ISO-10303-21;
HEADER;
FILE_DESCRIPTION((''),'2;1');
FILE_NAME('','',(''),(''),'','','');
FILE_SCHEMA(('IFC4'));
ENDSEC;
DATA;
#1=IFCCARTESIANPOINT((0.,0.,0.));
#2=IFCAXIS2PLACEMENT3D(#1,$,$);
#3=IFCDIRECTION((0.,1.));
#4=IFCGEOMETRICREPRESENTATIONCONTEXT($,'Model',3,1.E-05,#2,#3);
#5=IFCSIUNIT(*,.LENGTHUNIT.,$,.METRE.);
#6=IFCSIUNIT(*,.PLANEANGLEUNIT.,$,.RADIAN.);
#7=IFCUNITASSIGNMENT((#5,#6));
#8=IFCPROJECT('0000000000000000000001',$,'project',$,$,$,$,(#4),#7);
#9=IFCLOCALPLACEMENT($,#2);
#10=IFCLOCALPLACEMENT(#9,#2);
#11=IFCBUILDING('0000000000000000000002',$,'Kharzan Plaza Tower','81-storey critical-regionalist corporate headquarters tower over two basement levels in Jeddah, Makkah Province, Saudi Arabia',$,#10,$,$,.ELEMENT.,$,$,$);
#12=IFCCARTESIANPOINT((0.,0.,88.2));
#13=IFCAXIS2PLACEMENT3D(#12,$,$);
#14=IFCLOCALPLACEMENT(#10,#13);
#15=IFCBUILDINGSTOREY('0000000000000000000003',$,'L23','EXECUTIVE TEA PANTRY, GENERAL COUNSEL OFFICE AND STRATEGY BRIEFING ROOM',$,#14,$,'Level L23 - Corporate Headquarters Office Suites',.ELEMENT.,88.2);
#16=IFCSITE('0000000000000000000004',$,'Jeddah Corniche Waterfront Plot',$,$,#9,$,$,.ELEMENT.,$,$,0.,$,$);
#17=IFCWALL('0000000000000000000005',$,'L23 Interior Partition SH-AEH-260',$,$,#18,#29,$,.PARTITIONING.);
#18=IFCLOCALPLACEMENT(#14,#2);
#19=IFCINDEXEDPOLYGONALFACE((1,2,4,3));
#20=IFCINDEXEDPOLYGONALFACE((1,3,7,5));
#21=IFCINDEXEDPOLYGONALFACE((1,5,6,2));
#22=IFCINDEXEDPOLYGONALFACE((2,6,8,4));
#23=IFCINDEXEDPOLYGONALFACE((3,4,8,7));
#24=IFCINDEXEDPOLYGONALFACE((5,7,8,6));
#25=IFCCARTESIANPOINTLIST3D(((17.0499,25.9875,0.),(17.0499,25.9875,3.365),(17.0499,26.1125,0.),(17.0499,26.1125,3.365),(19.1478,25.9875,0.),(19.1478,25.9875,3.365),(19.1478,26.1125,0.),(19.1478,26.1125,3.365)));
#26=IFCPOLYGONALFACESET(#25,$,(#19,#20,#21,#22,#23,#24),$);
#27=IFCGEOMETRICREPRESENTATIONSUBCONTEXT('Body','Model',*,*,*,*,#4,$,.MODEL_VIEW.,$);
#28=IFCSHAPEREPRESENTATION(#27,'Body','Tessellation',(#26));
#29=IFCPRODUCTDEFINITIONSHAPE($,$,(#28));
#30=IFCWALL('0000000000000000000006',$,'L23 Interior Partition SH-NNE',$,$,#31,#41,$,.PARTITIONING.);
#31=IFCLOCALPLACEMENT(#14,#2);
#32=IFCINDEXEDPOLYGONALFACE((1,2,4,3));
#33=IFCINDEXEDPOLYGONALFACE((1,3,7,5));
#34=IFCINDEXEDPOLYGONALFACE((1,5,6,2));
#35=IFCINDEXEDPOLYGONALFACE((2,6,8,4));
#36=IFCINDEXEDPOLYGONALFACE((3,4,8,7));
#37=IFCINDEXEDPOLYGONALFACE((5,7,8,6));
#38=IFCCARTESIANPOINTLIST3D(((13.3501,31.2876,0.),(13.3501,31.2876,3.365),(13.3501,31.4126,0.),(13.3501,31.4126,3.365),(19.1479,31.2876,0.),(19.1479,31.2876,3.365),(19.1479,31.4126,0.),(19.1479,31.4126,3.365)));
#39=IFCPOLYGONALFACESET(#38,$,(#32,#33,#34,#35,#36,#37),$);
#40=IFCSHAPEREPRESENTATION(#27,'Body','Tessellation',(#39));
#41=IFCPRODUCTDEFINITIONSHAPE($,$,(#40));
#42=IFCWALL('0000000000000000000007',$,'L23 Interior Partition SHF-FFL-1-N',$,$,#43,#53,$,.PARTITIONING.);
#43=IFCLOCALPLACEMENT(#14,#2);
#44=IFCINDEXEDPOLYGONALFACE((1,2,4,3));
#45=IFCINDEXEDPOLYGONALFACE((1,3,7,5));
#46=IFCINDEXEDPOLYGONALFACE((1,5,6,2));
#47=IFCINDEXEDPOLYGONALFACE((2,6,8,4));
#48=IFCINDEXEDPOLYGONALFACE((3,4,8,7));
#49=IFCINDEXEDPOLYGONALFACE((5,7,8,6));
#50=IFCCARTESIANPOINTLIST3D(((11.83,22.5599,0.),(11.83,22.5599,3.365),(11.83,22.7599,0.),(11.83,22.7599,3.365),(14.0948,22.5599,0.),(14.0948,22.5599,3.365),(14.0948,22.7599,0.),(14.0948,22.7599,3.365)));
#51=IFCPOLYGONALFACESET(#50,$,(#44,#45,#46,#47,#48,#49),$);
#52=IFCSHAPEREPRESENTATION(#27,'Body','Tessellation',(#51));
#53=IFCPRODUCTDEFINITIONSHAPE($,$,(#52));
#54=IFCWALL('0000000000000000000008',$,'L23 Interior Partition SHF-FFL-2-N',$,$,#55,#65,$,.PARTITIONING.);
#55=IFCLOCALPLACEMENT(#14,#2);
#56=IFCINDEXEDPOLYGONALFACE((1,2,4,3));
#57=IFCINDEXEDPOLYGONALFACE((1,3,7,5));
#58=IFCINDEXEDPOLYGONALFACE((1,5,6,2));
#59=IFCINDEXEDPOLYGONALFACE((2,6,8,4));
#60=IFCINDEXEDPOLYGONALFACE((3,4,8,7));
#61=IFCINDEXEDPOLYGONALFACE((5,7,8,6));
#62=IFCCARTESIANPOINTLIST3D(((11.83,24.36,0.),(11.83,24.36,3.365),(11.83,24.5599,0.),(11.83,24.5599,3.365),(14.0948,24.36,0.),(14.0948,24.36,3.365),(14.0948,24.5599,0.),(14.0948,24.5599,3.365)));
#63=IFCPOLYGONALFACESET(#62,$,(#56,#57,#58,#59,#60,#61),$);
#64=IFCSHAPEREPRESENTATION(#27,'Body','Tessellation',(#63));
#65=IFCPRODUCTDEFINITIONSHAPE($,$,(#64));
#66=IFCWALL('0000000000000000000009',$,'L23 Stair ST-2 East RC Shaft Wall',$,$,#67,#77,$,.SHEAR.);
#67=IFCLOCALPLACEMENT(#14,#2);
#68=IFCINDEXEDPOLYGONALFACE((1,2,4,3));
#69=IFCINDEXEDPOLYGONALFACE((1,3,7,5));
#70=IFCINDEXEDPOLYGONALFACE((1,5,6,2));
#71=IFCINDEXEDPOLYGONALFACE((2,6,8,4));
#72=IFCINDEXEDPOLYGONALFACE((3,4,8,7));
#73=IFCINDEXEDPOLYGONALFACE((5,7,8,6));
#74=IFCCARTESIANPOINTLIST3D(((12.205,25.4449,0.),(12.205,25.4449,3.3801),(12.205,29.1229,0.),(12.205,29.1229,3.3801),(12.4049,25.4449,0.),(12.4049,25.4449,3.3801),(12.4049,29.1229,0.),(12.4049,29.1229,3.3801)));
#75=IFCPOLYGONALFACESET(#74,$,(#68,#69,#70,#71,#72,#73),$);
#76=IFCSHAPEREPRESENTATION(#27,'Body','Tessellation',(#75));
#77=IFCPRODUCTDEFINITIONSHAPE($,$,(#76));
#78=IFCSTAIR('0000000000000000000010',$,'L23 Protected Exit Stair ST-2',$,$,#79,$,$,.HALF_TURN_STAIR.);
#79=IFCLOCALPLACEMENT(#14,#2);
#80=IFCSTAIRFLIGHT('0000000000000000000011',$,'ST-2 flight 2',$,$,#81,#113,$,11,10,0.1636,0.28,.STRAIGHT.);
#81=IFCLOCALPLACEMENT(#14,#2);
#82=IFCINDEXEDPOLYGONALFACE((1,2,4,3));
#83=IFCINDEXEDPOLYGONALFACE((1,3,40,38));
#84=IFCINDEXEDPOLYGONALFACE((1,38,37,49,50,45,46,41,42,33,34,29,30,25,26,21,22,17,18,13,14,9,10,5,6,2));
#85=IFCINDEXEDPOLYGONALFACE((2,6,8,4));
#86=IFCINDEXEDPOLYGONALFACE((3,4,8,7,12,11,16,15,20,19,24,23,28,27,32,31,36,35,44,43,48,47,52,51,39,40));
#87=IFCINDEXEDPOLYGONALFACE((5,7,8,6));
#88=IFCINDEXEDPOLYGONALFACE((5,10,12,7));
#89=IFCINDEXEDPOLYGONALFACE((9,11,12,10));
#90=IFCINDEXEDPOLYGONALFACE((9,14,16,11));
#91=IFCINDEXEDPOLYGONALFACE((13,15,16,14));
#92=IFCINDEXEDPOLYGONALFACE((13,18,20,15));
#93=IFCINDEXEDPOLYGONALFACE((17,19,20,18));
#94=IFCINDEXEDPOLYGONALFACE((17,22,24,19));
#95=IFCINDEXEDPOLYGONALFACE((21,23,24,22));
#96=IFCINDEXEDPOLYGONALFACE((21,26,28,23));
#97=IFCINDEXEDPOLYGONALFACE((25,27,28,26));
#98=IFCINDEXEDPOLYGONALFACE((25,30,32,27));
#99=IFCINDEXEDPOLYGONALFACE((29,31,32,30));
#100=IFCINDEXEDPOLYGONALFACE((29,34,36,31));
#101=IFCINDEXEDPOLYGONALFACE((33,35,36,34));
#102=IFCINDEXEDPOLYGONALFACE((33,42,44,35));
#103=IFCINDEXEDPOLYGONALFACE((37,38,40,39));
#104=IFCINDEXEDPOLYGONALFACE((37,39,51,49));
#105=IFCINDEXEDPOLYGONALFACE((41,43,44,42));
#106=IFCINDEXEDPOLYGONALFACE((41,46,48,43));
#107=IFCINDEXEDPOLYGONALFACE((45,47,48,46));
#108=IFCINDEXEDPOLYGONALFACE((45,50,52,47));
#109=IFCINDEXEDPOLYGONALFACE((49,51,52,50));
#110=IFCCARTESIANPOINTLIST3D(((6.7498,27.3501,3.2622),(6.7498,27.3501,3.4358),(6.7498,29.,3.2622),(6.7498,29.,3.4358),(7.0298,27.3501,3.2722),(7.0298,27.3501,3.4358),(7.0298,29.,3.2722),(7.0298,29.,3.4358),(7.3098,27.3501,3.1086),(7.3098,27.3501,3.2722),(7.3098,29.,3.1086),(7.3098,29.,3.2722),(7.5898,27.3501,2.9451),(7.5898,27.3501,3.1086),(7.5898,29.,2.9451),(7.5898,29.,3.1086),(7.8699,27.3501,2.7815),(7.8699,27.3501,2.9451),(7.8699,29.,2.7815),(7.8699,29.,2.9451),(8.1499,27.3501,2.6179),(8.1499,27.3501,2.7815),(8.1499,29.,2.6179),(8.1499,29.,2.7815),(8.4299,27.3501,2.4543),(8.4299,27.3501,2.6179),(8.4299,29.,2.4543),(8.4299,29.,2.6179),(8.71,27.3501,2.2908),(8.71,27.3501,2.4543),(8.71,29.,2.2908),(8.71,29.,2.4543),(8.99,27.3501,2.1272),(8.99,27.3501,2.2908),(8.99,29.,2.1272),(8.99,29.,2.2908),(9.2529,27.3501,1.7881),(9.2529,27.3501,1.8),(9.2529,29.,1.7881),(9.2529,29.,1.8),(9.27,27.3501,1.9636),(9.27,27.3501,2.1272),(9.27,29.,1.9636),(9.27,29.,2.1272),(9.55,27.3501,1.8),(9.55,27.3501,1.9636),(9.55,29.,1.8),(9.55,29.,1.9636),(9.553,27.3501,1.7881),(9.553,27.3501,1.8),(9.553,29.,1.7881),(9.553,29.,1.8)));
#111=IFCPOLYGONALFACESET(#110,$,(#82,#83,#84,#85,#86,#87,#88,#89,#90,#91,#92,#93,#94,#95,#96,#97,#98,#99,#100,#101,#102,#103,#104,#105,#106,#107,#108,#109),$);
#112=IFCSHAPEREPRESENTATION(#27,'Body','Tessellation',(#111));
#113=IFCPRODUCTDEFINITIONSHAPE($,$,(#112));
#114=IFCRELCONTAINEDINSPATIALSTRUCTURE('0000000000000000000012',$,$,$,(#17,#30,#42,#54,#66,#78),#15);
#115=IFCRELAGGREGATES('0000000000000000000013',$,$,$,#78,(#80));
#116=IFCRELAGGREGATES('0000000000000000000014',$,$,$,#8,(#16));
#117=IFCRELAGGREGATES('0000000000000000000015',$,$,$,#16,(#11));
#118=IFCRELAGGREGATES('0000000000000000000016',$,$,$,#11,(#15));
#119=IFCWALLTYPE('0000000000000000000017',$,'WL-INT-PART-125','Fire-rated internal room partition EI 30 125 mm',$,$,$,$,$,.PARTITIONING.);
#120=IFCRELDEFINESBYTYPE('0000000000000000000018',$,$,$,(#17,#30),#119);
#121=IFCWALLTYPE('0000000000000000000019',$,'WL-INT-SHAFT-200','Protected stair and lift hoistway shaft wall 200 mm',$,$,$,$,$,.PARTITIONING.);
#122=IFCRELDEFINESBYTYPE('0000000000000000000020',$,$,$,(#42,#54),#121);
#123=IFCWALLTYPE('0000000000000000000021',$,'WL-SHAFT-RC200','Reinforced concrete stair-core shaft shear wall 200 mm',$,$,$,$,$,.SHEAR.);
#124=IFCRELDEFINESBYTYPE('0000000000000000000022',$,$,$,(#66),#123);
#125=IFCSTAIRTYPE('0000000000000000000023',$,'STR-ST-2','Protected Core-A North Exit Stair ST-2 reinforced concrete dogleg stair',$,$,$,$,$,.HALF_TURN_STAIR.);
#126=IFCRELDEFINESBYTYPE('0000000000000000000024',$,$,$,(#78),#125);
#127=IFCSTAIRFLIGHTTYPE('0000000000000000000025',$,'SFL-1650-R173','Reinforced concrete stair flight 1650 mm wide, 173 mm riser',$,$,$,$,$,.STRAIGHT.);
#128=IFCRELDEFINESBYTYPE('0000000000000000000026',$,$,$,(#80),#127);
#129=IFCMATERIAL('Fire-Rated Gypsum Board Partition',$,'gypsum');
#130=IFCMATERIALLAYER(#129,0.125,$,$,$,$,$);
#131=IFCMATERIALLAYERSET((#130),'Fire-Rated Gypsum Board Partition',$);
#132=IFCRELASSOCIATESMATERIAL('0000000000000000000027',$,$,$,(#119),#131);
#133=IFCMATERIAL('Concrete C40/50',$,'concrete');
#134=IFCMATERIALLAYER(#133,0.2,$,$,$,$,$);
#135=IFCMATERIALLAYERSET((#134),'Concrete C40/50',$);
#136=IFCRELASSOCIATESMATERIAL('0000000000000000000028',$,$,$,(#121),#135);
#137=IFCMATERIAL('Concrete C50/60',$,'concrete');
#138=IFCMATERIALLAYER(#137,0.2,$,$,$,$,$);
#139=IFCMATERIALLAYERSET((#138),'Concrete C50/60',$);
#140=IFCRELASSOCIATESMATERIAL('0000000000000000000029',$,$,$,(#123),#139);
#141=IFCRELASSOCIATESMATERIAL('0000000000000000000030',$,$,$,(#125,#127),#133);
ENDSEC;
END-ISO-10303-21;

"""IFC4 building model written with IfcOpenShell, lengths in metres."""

from ifc_helpers import new_model, si_unit, direction, frame, frame_2d, origin, place, context, subcontext, project, spatial, polyline, rectangle, outline, extrude, source, transform, mapped, material, layer, layer_set, type_object, element, aggregate, save


model = new_model("IFC4")

# Units and contexts
model_context = context("Model", 3, precision=1e-05, world=origin(), true_north=direction((0.0, 1.0)))
body_context = subcontext(model_context, "Body", "Model", "MODEL_VIEW")
ifc_project = project(units=[si_unit("LENGTHUNIT", "METRE"), si_unit("PLANEANGLEUNIT", "RADIAN")], contexts=[model_context])

# Site, building, storey
site_placement = place(None, origin())
site = spatial("IfcSite", under=ifc_project, at=site_placement, Name="Jeddah Corniche Waterfront Plot", CompositionType="ELEMENT", RefElevation=0.0)
building_placement = place(site_placement, origin())
building = spatial("IfcBuilding", under=site, at=building_placement, Name="Kharzan Plaza Tower", Description="81-storey critical-regionalist corporate headquarters tower over two basement levels in Jeddah, Makkah Province, Saudi Arabia", CompositionType="ELEMENT")
storey_placement = place(building_placement, frame((0.0, 0.0, 88.2)))
storey = spatial("IfcBuildingStorey", under=building, at=storey_placement, Name="L23", Description="EXECUTIVE TEA PANTRY, GENERAL COUNSEL OFFICE AND STRATEGY BRIEFING ROOM", LongName="Level L23 - Corporate Headquarters Office Suites", CompositionType="ELEMENT", Elevation=88.2)

# Shared definitions
ifc_material_1 = material(Name="Fire-Rated Gypsum Board Partition", Category="gypsum")
ifc_layer_1 = layer(ifc_material_1, 0.125)
ifc_layer_set_1 = layer_set([ifc_layer_1], Name="Fire-Rated Gypsum Board Partition")
wall_type_1 = type_object("IfcWallType", Name="WL-INT-PART-125", Description="Fire-rated internal room partition EI 30 125 mm", PredefinedType="PARTITIONING", material=ifc_layer_set_1)
ifc_material_2 = material(Name="Concrete C40/50", Category="concrete")
ifc_layer_2 = layer(ifc_material_2, 0.2)
ifc_layer_set_2 = layer_set([ifc_layer_2], Name="Concrete C40/50")
wall_type_2 = type_object("IfcWallType", Name="WL-INT-SHAFT-200", Description="Protected stair and lift hoistway shaft wall 200 mm", PredefinedType="PARTITIONING", material=ifc_layer_set_2)

# Walls
shared_shape_1 = source(origin(), body_context, "Body", "SweptSolid", [
    extrude(rectangle(XDim=2.0979, YDim=0.125, at=frame_2d((1.0488, 0.0))), origin(), (0.0, 0.0, 1.0), 3.365),
])
for number, where, z_axis, x_axis, name in (
    (1, (17.05, 26.05, 0.0), (0.0, 0.0, 1.0), (1.0, 0.0, 0.0), "L23 Interior Partition SH-AEH-260"),
):
    element("IfcWall", number, at=place(storey_placement, frame(where, z_axis=z_axis, x_axis=x_axis)), inside=storey, type_object=wall_type_1, Name=name, PredefinedType="PARTITIONING", context=body_context, shape_type="MappedRepresentation", body=[
        mapped(shared_shape_1, transform((0.0, 0.0, 0.0), x_axis=(1.0, 0.0, 0.0), y_axis=(0.0, 1.0, 0.0), z_axis=(0.0, 0.0, 1.0))),
    ])
shared_shape_2 = source(origin(), body_context, "Body", "SweptSolid", [
    extrude(rectangle(XDim=5.7979, YDim=0.125, at=frame_2d((2.8989, 0.0))), origin(), (0.0, 0.0, 1.0), 3.365),
])
wall_1_placement = place(storey_placement, frame((13.3501, 31.3501, 0.0), z_axis=(0.0, 0.0, 1.0), x_axis=(1.0, 0.0, 0.0)))
element("IfcWall", 2, at=wall_1_placement, inside=storey, type_object=wall_type_1, Name="L23 Interior Partition SH-NNE", PredefinedType="PARTITIONING", context=body_context, shape_type="MappedRepresentation", body=[
    mapped(shared_shape_2, transform((0.0, 0.0, 0.0), x_axis=(1.0, 0.0, 0.0), y_axis=(0.0, 1.0, 0.0), z_axis=(0.0, 0.0, 1.0))),
])
shared_shape_3 = source(origin(), body_context, "Body", "SweptSolid", [
    extrude(rectangle(XDim=2.2649, YDim=0.2, at=frame_2d((1.1323, 0.0))), origin(), (0.0, 0.0, 1.0), 3.365),
])
for number, where, z_axis, x_axis, name in (
    (3, (11.8301, 22.6599, 0.0), (0.0, 0.0, 1.0), (1.0, 0.0, 0.0), "L23 Interior Partition SHF-FFL-1-N"),
    (4, (11.8301, 24.46, 0.0), (0.0, 0.0, 1.0), (1.0, 0.0, 0.0), "L23 Interior Partition SHF-FFL-2-N"),
):
    element("IfcWall", number, at=place(storey_placement, frame(where, z_axis=z_axis, x_axis=x_axis)), inside=storey, type_object=wall_type_2, Name=name, PredefinedType="PARTITIONING", context=body_context, shape_type="MappedRepresentation", body=[
        mapped(shared_shape_3, transform((0.0, 0.0, 0.0), x_axis=(1.0, 0.0, 0.0), y_axis=(0.0, 1.0, 0.0), z_axis=(0.0, 0.0, 1.0))),
    ])
ifc_material_3 = material(Name="Concrete C50/60", Category="concrete")
ifc_layer_3 = layer(ifc_material_3, 0.2)
ifc_layer_set_3 = layer_set([ifc_layer_3], Name="Concrete C50/60")
wall_type_3 = type_object("IfcWallType", Name="WL-SHAFT-RC200", Description="Reinforced concrete stair-core shaft shear wall 200 mm", PredefinedType="SHEAR", material=ifc_layer_set_3)
shared_shape_4 = source(origin(), body_context, "Body", "SweptSolid", [
    extrude(rectangle(XDim=3.678, YDim=0.2, at=frame_2d((1.8389, 0.0))), origin(), (0.0, 0.0, 1.0), 3.3801),
])
wall_2_placement = place(storey_placement, frame((12.3049, 25.4451, 0.0), z_axis=(0.0, 0.0, 1.0), x_axis=(0.0, 1.0, 0.0)))
element("IfcWall", 5, at=wall_2_placement, inside=storey, type_object=wall_type_3, Name="L23 Stair ST-2 East RC Shaft Wall", PredefinedType="SHEAR", context=body_context, shape_type="MappedRepresentation", body=[
    mapped(shared_shape_4, transform((0.0, 0.0, 0.0), x_axis=(1.0, 0.0, 0.0), y_axis=(0.0, 1.0, 0.0), z_axis=(0.0, 0.0, 1.0))),
])

# Stair, stair flight
stair_type = type_object("IfcStairType", Name="STR-ST-2", Description="Protected Core-A North Exit Stair ST-2 reinforced concrete dogleg stair", PredefinedType="HALF_TURN_STAIR", material=ifc_material_2)
stair_placement = place(storey_placement, origin())
stair = element("IfcStair", 6, at=stair_placement, inside=storey, type_object=stair_type, Name="L23 Protected Exit Stair ST-2", PredefinedType="HALF_TURN_STAIR")
stair_flight_type = type_object("IfcStairFlightType", Name="SFL-1650-R173", Description="Reinforced concrete stair flight 1650 mm wide, 173 mm riser", PredefinedType="STRAIGHT", material=ifc_material_2)
shared_shape_5 = source(origin(), body_context, "Body", "SweptSolid", [
    extrude(outline(polyline([(-0.0029, -0.012), (-0.0029, 0.0), (0.0, 0.0), (0.0, 0.1636), (0.28, 0.1636), (0.28, 0.3271), (0.5601, 0.3271), (0.5601, 0.4907), (0.8401, 0.4907), (0.8401, 0.6543), (1.1201, 0.6543), (1.1201, 0.8179), (1.4001, 0.8179), (1.4001, 0.9814), (1.6802, 0.9814), (1.6802, 1.145), (1.9602, 1.145), (1.9602, 1.3086), (2.2402, 1.3086), (2.2402, 1.4722), (2.5203, 1.4722), (2.5203, 1.6357), (2.8003, 1.6357), (2.8003, 1.7993), (2.8003, 1.4622), (0.2971, 0.0), (0.2971, -0.012), (-0.0029, -0.012)])), frame((0.0, 0.825, 0.0), z_axis=(0.0, -1.0, 0.0), x_axis=(1.0, 0.0, 0.0)), (0.0, 0.0, 1.0), 1.6499),
])
stair_flight_placement = place(storey_placement, frame((9.55, 28.175, 1.8), z_axis=(0.0, 0.0, 1.0), x_axis=(-1.0, 0.0, 0.0)))
stair_flight = element("IfcStairFlight", 7, at=stair_flight_placement, type_object=stair_flight_type, Name="ST-2 flight 2", NumberOfRisers=11, NumberOfTreads=10, PredefinedType="STRAIGHT", RiserHeight=0.1636, TreadLength=0.28, context=body_context, shape_type="MappedRepresentation", body=[
    mapped(shared_shape_5, transform((0.0, 0.0, 0.0), x_axis=(1.0, 0.0, 0.0), y_axis=(0.0, 1.0, 0.0), z_axis=(0.0, 0.0, 1.0))),
])
aggregate(stair, [stair_flight])

save(model, "model.ifc")
